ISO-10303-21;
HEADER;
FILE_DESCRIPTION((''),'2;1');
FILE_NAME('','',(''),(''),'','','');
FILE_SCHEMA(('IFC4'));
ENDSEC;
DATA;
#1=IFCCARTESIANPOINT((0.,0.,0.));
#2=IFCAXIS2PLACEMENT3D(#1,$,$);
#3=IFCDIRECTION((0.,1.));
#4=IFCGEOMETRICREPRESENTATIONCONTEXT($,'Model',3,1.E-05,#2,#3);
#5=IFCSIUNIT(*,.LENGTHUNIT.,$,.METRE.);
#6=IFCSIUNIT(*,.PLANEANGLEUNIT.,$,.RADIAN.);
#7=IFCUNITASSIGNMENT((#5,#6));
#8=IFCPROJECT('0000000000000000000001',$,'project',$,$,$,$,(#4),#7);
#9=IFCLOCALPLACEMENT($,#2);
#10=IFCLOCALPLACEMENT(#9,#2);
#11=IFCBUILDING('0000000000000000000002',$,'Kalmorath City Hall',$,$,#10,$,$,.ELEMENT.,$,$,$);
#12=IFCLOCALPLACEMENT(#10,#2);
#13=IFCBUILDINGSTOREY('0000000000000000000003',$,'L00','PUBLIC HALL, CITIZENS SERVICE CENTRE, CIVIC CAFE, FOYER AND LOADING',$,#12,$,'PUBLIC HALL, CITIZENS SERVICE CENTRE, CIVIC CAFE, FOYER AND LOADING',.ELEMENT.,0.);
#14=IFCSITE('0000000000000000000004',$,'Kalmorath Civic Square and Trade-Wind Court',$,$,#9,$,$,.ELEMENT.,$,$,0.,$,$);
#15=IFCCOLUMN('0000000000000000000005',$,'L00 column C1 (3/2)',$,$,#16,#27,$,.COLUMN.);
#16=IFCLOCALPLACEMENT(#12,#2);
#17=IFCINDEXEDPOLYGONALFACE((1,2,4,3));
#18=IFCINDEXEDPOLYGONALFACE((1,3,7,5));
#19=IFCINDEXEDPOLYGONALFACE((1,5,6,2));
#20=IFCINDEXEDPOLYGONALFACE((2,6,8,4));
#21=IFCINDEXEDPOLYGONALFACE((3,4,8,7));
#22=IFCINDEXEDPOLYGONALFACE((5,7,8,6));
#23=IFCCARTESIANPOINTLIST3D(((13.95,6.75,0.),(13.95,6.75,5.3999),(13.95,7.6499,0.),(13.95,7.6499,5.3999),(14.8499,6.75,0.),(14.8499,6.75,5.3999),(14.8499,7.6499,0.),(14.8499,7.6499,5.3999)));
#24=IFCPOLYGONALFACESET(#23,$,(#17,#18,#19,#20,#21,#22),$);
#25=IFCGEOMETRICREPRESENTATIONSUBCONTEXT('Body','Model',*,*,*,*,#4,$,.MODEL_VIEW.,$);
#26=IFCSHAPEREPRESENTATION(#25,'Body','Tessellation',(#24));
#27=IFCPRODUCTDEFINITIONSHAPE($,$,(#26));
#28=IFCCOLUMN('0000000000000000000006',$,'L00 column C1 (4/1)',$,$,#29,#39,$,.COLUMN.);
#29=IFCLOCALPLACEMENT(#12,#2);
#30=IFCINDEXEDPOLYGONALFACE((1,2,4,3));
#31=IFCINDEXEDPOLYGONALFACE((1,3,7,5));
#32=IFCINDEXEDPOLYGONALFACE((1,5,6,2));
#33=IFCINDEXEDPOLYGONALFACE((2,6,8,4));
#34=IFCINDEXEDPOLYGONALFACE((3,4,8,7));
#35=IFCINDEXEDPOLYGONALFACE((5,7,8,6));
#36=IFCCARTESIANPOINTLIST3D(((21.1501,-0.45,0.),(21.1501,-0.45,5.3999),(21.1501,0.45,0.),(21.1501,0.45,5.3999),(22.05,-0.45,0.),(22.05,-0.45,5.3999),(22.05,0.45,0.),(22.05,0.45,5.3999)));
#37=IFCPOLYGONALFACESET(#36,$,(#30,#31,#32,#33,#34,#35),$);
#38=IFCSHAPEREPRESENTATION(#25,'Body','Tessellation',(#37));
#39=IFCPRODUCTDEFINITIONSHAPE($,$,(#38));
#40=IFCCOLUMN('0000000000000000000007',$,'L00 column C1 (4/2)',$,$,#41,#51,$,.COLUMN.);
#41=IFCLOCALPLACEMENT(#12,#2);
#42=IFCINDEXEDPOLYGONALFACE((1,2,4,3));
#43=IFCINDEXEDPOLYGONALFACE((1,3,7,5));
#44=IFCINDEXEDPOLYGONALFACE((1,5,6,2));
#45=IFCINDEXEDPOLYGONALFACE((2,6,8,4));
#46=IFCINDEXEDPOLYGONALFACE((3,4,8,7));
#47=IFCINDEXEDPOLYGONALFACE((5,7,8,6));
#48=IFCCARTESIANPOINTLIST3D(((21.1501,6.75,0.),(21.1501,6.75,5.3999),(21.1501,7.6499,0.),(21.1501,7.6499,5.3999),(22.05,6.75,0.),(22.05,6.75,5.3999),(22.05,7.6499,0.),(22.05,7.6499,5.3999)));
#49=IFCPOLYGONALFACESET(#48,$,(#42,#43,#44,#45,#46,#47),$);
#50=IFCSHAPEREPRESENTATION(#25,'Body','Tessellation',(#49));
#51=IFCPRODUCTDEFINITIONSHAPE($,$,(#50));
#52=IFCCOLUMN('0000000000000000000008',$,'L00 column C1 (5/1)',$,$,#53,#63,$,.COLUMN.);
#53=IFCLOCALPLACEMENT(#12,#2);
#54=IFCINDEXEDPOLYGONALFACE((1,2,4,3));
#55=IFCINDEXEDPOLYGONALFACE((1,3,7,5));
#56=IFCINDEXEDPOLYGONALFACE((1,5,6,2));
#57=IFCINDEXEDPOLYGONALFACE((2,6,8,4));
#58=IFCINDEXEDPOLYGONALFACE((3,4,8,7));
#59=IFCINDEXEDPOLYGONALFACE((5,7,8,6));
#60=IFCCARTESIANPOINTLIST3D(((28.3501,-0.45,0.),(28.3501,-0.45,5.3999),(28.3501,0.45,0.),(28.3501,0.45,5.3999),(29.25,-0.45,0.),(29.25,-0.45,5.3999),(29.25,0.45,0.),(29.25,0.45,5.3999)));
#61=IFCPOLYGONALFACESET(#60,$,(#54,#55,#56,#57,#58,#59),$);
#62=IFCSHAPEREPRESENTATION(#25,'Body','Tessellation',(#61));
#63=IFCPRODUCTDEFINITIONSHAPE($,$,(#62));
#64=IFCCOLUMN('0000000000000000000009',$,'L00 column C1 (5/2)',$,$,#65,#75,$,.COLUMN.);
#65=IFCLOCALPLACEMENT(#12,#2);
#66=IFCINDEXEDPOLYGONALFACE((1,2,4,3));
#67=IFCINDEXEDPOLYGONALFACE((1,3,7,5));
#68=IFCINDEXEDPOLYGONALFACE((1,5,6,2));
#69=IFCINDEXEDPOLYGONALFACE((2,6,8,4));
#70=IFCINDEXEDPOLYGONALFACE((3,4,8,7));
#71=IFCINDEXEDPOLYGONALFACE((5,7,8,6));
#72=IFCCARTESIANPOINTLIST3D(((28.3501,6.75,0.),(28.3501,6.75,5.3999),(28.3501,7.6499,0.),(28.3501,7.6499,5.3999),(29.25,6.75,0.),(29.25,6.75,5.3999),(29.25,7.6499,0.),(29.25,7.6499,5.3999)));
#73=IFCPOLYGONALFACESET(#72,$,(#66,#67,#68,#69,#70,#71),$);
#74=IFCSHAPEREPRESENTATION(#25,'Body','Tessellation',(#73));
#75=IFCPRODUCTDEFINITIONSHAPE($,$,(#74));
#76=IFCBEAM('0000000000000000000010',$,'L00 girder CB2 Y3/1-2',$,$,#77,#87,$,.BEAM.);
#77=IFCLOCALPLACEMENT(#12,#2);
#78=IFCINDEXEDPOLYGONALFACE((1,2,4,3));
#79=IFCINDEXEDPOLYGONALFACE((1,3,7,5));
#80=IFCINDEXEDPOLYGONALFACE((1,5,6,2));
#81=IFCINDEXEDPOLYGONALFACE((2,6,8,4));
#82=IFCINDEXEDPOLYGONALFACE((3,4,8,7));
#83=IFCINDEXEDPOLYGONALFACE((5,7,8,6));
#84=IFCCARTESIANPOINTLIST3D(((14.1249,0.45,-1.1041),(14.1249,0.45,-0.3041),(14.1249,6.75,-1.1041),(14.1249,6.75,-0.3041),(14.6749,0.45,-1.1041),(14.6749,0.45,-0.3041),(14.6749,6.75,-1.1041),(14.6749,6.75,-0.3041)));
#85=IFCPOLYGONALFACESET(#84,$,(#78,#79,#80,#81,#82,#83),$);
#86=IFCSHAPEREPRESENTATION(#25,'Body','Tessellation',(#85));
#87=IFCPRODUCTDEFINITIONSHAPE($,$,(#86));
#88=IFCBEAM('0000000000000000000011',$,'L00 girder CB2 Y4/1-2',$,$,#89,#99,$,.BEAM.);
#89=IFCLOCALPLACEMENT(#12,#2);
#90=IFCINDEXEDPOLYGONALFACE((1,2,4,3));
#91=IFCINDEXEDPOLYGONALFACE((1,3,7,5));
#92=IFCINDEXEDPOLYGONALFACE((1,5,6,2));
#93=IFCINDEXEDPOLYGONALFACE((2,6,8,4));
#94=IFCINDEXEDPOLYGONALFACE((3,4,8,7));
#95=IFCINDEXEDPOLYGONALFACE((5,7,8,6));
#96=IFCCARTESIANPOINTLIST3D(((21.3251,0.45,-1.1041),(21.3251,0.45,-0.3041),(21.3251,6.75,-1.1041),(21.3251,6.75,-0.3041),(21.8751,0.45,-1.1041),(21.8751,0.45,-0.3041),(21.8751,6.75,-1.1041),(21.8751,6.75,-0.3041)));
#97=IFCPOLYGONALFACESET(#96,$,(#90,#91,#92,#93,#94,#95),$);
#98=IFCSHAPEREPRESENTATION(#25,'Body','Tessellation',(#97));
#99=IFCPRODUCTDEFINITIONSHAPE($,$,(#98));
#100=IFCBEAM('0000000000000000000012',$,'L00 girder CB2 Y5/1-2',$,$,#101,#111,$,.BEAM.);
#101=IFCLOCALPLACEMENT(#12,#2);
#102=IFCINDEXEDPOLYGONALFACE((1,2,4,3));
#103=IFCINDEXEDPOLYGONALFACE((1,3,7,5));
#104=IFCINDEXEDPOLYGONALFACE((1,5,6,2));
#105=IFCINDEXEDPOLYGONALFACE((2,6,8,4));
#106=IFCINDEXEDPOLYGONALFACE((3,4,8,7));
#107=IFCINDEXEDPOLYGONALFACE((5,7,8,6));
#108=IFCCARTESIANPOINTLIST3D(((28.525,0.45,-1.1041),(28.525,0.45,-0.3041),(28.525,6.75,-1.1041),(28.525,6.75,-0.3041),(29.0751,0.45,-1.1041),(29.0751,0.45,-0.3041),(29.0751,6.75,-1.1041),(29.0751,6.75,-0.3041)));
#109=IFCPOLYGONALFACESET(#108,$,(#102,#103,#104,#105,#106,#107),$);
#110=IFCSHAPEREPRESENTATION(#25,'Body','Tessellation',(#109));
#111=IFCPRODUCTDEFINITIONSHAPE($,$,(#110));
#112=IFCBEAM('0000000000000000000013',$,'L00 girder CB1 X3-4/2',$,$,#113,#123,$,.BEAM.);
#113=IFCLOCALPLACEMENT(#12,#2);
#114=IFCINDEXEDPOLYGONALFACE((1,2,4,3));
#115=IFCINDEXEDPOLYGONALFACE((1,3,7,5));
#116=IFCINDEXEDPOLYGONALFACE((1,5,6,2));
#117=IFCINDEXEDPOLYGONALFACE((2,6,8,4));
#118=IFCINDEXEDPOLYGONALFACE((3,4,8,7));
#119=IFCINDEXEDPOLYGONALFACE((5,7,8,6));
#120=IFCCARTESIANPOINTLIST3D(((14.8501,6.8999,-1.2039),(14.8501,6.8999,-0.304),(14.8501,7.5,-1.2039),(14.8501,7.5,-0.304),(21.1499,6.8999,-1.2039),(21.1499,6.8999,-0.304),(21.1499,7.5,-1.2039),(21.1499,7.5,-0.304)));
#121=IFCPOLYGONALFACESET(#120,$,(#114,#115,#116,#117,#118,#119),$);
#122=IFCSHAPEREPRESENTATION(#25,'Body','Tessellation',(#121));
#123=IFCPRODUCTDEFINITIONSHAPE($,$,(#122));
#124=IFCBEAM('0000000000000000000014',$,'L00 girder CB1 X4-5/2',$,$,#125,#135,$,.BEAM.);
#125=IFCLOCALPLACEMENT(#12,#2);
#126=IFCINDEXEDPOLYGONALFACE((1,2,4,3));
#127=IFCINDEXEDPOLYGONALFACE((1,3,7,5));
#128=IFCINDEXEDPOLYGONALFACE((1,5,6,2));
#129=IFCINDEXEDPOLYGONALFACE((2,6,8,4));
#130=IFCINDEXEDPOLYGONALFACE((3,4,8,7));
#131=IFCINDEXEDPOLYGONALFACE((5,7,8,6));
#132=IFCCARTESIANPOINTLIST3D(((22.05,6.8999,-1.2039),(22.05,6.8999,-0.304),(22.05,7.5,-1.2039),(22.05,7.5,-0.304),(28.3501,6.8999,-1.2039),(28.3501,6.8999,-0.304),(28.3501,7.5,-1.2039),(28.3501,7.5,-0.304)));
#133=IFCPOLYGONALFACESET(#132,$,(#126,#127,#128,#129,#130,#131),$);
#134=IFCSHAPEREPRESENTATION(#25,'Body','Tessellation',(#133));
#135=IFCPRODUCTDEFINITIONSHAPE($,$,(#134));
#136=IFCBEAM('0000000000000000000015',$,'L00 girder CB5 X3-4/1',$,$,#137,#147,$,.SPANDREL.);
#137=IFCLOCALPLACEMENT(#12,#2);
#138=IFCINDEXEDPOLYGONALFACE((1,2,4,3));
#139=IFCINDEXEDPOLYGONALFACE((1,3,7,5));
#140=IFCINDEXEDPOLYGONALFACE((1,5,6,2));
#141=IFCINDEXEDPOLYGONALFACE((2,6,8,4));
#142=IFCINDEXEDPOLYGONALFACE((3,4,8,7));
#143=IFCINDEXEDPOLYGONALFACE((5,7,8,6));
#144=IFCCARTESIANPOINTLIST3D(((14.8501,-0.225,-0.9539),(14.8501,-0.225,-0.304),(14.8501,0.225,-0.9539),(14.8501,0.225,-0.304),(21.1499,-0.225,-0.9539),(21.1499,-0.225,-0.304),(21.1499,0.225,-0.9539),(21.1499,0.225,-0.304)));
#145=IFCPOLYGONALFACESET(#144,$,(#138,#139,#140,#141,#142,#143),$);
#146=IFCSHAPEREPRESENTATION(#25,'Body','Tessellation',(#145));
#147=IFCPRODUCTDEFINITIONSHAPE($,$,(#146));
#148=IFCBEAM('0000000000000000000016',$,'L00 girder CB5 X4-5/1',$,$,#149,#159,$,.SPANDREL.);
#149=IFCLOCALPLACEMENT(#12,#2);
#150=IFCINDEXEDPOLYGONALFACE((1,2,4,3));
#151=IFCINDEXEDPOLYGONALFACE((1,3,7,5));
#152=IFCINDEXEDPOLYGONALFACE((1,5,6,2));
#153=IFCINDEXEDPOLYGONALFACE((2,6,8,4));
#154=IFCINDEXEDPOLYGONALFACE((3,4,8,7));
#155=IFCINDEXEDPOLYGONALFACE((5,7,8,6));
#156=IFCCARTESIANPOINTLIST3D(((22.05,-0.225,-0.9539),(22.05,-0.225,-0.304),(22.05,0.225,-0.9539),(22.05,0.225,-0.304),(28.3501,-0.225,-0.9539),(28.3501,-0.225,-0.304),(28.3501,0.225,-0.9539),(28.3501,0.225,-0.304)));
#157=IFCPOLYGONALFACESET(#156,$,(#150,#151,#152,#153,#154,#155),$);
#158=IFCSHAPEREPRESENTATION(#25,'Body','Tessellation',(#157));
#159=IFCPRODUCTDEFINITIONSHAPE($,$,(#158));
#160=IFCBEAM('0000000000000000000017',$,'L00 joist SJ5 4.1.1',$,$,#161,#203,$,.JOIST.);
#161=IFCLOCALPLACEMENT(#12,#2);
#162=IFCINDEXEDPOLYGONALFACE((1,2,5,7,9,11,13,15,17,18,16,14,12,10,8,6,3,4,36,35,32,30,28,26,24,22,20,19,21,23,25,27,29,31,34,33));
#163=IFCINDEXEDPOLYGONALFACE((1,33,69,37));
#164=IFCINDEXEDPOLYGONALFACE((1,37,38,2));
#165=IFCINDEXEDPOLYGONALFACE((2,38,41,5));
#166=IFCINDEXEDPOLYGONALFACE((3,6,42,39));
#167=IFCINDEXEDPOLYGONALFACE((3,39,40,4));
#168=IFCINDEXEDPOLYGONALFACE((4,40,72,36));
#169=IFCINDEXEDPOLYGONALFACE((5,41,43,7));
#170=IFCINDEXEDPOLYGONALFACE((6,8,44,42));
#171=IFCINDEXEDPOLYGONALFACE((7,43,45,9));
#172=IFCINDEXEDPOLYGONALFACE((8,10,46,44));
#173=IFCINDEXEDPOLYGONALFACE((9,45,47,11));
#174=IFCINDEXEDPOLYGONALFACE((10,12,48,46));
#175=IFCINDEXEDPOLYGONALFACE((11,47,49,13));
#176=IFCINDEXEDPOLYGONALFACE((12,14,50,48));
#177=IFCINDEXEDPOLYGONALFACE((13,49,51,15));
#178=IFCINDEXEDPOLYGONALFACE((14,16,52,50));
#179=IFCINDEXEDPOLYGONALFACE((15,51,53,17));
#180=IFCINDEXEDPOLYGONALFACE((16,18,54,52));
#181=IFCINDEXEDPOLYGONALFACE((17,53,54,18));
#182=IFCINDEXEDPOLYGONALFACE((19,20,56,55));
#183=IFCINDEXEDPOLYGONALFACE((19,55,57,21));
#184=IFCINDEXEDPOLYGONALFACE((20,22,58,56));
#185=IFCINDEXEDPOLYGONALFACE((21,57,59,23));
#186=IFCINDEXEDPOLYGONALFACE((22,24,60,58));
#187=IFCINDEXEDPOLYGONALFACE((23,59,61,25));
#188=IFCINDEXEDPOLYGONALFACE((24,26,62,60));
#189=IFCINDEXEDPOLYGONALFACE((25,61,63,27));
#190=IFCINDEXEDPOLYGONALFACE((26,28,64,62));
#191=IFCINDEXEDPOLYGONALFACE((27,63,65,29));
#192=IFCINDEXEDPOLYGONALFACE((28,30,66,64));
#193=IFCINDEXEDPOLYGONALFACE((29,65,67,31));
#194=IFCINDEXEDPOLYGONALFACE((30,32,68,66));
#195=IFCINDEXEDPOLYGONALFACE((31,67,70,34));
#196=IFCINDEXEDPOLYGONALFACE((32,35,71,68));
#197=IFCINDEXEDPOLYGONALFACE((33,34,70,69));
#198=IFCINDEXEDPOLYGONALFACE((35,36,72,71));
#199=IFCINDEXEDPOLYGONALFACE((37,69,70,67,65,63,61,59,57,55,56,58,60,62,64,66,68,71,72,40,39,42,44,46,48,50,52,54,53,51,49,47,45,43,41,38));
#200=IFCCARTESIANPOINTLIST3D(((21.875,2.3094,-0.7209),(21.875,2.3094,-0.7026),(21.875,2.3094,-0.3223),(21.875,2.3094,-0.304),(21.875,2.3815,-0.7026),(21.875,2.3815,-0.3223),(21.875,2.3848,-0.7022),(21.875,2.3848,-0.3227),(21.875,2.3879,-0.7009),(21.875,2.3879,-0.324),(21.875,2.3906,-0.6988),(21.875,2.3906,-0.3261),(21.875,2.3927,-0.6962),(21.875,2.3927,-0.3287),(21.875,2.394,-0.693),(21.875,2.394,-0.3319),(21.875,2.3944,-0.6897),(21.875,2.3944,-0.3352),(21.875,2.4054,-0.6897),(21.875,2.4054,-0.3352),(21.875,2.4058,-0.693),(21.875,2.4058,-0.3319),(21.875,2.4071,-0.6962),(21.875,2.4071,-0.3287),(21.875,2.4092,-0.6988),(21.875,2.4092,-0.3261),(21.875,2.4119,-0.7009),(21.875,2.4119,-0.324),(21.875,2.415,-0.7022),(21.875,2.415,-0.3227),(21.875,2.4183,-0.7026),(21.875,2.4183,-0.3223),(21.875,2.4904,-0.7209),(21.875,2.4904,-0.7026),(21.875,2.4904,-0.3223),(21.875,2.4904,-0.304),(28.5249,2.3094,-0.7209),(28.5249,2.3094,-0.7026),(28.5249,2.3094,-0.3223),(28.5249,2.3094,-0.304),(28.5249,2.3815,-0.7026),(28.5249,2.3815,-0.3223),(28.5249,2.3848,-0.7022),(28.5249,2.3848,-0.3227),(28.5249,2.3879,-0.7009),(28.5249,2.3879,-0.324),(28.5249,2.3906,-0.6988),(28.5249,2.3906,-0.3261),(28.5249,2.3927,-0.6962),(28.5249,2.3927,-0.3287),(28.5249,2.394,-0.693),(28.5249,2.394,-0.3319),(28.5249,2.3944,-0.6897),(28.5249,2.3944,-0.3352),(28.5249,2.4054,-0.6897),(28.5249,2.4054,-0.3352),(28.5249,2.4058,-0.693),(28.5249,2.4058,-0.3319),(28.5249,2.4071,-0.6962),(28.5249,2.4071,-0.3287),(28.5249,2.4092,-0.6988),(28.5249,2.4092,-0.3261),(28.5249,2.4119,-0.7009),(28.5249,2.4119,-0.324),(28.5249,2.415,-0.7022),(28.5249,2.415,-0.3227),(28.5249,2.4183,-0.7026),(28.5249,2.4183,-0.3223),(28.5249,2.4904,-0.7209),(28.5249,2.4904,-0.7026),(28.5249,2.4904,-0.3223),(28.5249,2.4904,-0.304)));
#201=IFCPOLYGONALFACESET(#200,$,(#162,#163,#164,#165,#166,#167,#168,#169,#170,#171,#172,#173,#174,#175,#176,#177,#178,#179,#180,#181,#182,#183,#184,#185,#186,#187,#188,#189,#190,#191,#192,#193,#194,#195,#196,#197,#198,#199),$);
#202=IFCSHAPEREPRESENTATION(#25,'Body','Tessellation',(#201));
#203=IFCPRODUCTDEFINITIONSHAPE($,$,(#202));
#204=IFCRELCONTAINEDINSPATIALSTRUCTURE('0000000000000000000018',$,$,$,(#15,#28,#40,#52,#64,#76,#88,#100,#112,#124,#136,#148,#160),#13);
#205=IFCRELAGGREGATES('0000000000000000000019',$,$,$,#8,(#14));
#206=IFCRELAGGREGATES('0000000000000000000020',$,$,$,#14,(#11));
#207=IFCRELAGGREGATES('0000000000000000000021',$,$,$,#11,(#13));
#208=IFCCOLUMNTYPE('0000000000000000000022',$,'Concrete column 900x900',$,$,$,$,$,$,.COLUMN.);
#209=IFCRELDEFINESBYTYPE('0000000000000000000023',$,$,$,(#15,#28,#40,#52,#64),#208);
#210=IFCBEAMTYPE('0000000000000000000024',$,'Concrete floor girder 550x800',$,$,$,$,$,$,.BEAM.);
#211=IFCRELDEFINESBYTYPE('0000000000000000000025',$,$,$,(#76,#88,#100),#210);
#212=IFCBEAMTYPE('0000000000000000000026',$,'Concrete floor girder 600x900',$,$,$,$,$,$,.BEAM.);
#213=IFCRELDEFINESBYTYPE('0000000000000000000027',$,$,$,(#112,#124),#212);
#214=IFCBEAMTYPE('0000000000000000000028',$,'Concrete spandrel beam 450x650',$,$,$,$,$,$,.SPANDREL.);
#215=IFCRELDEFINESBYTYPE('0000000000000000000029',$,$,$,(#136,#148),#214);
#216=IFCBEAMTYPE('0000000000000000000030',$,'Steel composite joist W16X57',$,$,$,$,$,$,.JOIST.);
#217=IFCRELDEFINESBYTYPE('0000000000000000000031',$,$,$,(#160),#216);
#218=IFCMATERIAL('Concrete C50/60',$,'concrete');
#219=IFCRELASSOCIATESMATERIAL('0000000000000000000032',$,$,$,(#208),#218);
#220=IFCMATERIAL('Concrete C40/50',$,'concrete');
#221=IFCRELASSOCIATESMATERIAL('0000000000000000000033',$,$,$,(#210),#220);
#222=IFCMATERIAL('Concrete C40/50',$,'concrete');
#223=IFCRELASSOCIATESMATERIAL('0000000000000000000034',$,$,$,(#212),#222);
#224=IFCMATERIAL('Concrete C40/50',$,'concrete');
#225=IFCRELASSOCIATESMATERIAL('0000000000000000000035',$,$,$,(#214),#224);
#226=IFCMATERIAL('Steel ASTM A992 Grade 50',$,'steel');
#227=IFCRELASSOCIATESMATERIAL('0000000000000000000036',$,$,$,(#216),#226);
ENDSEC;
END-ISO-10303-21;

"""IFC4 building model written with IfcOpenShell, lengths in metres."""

from ifc_helpers import new_model, si_unit, direction, frame, origin, origin_2d, place, context, subcontext, project, spatial, rectangle, i_section, extrude, material, material_profile, profile_set, type_object, element, save


model = new_model("IFC4")

# Units and contexts
model_context = context("Model", 3, precision=1e-05, world=origin(), true_north=direction((0.0, 1.0)))
body_context = subcontext(model_context, "Body", "Model", "MODEL_VIEW")
ifc_project = project(units=[si_unit("LENGTHUNIT", "METRE"), si_unit("PLANEANGLEUNIT", "RADIAN")], contexts=[model_context])

# Site, building, storey
site_placement = place(None, origin())
site = spatial("IfcSite", under=ifc_project, at=site_placement, Name="Kalmorath Civic Square and Trade-Wind Court", CompositionType="ELEMENT", RefElevation=0.0)
building_placement = place(site_placement, origin())
building = spatial("IfcBuilding", under=site, at=building_placement, Name="Kalmorath City Hall", CompositionType="ELEMENT")
storey_placement = place(building_placement, origin())
storey = spatial("IfcBuildingStorey", under=building, at=storey_placement, Name="L00", Description="PUBLIC HALL, CITIZENS SERVICE CENTRE, CIVIC CAFE, FOYER AND LOADING", LongName="PUBLIC HALL, CITIZENS SERVICE CENTRE, CIVIC CAFE, FOYER AND LOADING", CompositionType="ELEMENT", Elevation=0.0)

# Columns
ifc_material_1 = material(Name="Concrete C50/60", Category="concrete")
ifc_material_profile_1 = material_profile(ifc_material_1, rectangle(XDim=0.8999, YDim=0.8999, at=origin_2d()), Name="RC-COL-900X900")
ifc_profile_set_1 = profile_set([ifc_material_profile_1], Name="Concrete C50/60")
column_type = type_object("IfcColumnType", Name="Concrete column 900x900", PredefinedType="COLUMN", material=ifc_profile_set_1)
for number, where, z_axis, x_axis, name in (
    (1, (14.3999, 7.2, 0.0), (0.0, 0.0, 1.0), (1.0, 0.0, 0.0), "L00 column C1 (3/2)"),
    (2, (21.6001, 0.0, 0.0), (0.0, 0.0, 1.0), (1.0, 0.0, 0.0), "L00 column C1 (4/1)"),
    (3, (21.6001, 7.2, 0.0), (0.0, 0.0, 1.0), (1.0, 0.0, 0.0), "L00 column C1 (4/2)"),
    (4, (28.8, 0.0, 0.0), (0.0, 0.0, 1.0), (1.0, 0.0, 0.0), "L00 column C1 (5/1)"),
    (5, (28.8, 7.2, 0.0), (0.0, 0.0, 1.0), (1.0, 0.0, 0.0), "L00 column C1 (5/2)"),
):
    element("IfcColumn", number, at=place(storey_placement, frame(where, z_axis=z_axis, x_axis=x_axis)), inside=storey, type_object=column_type, Name=name, PredefinedType="COLUMN", context=body_context, shape_type="SweptSolid", body=[
        extrude(rectangle(XDim=0.8999, YDim=0.8999, at=origin_2d()), origin(), (0.0, 0.0, 1.0), 5.3999),
    ])

# Beams
ifc_material_2 = material(Name="Concrete C40/50", Category="concrete")
ifc_material_profile_2 = material_profile(ifc_material_2, rectangle(XDim=0.55, YDim=0.8, at=origin_2d()), Name="RC-BM-550X800")
ifc_profile_set_2 = profile_set([ifc_material_profile_2], Name="Concrete C40/50")
beam_type_1 = type_object("IfcBeamType", Name="Concrete floor girder 550x800", PredefinedType="BEAM", material=ifc_profile_set_2)
for number, where, z_axis, x_axis, name in (
    (6, (14.3999, 0.45, -0.7041), (0.0, 1.0, 0.0), (-1.0, 0.0, 0.0), "L00 girder CB2 Y3/1-2"),
    (7, (21.6001, 0.45, -0.7041), (0.0, 1.0, 0.0), (-1.0, 0.0, 0.0), "L00 girder CB2 Y4/1-2"),
    (8, (28.8, 0.45, -0.7041), (0.0, 1.0, 0.0), (-1.0, 0.0, 0.0), "L00 girder CB2 Y5/1-2"),
):
    element("IfcBeam", number, at=place(storey_placement, frame(where, z_axis=z_axis, x_axis=x_axis)), inside=storey, type_object=beam_type_1, Name=name, PredefinedType="BEAM", context=body_context, shape_type="SweptSolid", body=[
        extrude(rectangle(XDim=0.55, YDim=0.8, at=origin_2d()), origin(), (0.0, 0.0, 1.0), 6.3),
    ])
ifc_material_3 = material(Name="Concrete C40/50", Category="concrete")
ifc_material_profile_3 = material_profile(ifc_material_3, rectangle(XDim=0.6001, YDim=0.8999, at=origin_2d()), Name="RC-BM-600X900")
ifc_profile_set_3 = profile_set([ifc_material_profile_3], Name="Concrete C40/50")
beam_type_2 = type_object("IfcBeamType", Name="Concrete floor girder 600x900", PredefinedType="BEAM", material=ifc_profile_set_3)
beam_1_placement = place(storey_placement, frame((14.8501, 7.2, -0.7539), z_axis=(1.0, 0.0, 0.0), x_axis=(0.0, 1.0, 0.0)))
element("IfcBeam", 9, at=beam_1_placement, inside=storey, type_object=beam_type_2, Name="L00 girder CB1 X3-4/2", PredefinedType="BEAM", context=body_context, shape_type="SweptSolid", body=[
    extrude(rectangle(XDim=0.6001, YDim=0.8999, at=origin_2d()), origin(), (0.0, 0.0, 1.0), 6.2998),
])
beam_2_placement = place(storey_placement, frame((22.05, 7.2, -0.7539), z_axis=(1.0, 0.0, 0.0), x_axis=(0.0, 1.0, 0.0)))
element("IfcBeam", 10, at=beam_2_placement, inside=storey, type_object=beam_type_2, Name="L00 girder CB1 X4-5/2", PredefinedType="BEAM", context=body_context, shape_type="SweptSolid", body=[
    extrude(rectangle(XDim=0.6001, YDim=0.8999, at=origin_2d()), origin(), (0.0, 0.0, 1.0), 6.3),
])
ifc_material_4 = material(Name="Concrete C40/50", Category="concrete")
ifc_material_profile_4 = material_profile(ifc_material_4, rectangle(XDim=0.45, YDim=0.6499, at=origin_2d()), Name="RC-BM-450X650")
ifc_profile_set_4 = profile_set([ifc_material_profile_4], Name="Concrete C40/50")
beam_type_3 = type_object("IfcBeamType", Name="Concrete spandrel beam 450x650", PredefinedType="SPANDREL", material=ifc_profile_set_4)
beam_3_placement = place(storey_placement, frame((14.8501, 0.0, -0.6289), z_axis=(1.0, 0.0, 0.0), x_axis=(0.0, 1.0, 0.0)))
element("IfcBeam", 11, at=beam_3_placement, inside=storey, type_object=beam_type_3, Name="L00 girder CB5 X3-4/1", PredefinedType="SPANDREL", context=body_context, shape_type="SweptSolid", body=[
    extrude(rectangle(XDim=0.45, YDim=0.6499, at=origin_2d()), origin(), (0.0, 0.0, 1.0), 6.2998),
])
beam_4_placement = place(storey_placement, frame((22.05, 0.0, -0.6289), z_axis=(1.0, 0.0, 0.0), x_axis=(0.0, 1.0, 0.0)))
element("IfcBeam", 12, at=beam_4_placement, inside=storey, type_object=beam_type_3, Name="L00 girder CB5 X4-5/1", PredefinedType="SPANDREL", context=body_context, shape_type="SweptSolid", body=[
    extrude(rectangle(XDim=0.45, YDim=0.6499, at=origin_2d()), origin(), (0.0, 0.0, 1.0), 6.3),
])
ifc_material_5 = material(Name="Steel ASTM A992 Grade 50", Category="steel")
ifc_material_profile_5 = material_profile(ifc_material_5, i_section(OverallWidth=0.1809, OverallDepth=0.417, WebThickness=0.011, FlangeThickness=0.0183, FilletRadius=0.0129, at=origin_2d()), Name="W16X57")
ifc_profile_set_5 = profile_set([ifc_material_profile_5], Name="Steel ASTM A992 Grade 50")
beam_type_4 = type_object("IfcBeamType", Name="Steel composite joist W16X57", PredefinedType="JOIST", material=ifc_profile_set_5)
for number, where, z_axis, x_axis, name in (
    (13, (21.875, 2.3999, -0.5125), (1.0, 0.0, 0.0), (0.0, 1.0, 0.0), "L00 joist SJ5 4.1.1"),
):
    element("IfcBeam", number, at=place(storey_placement, frame(where, z_axis=z_axis, x_axis=x_axis)), inside=storey, type_object=beam_type_4, Name=name, PredefinedType="JOIST", context=body_context, shape_type="SweptSolid", body=[
        extrude(i_section(OverallWidth=0.1809, OverallDepth=0.417, WebThickness=0.011, FlangeThickness=0.0183, FilletRadius=0.0129, at=origin_2d()), origin(), (0.0, 0.0, 1.0), 6.6499),
    ])

save(model, "model.ifc")
